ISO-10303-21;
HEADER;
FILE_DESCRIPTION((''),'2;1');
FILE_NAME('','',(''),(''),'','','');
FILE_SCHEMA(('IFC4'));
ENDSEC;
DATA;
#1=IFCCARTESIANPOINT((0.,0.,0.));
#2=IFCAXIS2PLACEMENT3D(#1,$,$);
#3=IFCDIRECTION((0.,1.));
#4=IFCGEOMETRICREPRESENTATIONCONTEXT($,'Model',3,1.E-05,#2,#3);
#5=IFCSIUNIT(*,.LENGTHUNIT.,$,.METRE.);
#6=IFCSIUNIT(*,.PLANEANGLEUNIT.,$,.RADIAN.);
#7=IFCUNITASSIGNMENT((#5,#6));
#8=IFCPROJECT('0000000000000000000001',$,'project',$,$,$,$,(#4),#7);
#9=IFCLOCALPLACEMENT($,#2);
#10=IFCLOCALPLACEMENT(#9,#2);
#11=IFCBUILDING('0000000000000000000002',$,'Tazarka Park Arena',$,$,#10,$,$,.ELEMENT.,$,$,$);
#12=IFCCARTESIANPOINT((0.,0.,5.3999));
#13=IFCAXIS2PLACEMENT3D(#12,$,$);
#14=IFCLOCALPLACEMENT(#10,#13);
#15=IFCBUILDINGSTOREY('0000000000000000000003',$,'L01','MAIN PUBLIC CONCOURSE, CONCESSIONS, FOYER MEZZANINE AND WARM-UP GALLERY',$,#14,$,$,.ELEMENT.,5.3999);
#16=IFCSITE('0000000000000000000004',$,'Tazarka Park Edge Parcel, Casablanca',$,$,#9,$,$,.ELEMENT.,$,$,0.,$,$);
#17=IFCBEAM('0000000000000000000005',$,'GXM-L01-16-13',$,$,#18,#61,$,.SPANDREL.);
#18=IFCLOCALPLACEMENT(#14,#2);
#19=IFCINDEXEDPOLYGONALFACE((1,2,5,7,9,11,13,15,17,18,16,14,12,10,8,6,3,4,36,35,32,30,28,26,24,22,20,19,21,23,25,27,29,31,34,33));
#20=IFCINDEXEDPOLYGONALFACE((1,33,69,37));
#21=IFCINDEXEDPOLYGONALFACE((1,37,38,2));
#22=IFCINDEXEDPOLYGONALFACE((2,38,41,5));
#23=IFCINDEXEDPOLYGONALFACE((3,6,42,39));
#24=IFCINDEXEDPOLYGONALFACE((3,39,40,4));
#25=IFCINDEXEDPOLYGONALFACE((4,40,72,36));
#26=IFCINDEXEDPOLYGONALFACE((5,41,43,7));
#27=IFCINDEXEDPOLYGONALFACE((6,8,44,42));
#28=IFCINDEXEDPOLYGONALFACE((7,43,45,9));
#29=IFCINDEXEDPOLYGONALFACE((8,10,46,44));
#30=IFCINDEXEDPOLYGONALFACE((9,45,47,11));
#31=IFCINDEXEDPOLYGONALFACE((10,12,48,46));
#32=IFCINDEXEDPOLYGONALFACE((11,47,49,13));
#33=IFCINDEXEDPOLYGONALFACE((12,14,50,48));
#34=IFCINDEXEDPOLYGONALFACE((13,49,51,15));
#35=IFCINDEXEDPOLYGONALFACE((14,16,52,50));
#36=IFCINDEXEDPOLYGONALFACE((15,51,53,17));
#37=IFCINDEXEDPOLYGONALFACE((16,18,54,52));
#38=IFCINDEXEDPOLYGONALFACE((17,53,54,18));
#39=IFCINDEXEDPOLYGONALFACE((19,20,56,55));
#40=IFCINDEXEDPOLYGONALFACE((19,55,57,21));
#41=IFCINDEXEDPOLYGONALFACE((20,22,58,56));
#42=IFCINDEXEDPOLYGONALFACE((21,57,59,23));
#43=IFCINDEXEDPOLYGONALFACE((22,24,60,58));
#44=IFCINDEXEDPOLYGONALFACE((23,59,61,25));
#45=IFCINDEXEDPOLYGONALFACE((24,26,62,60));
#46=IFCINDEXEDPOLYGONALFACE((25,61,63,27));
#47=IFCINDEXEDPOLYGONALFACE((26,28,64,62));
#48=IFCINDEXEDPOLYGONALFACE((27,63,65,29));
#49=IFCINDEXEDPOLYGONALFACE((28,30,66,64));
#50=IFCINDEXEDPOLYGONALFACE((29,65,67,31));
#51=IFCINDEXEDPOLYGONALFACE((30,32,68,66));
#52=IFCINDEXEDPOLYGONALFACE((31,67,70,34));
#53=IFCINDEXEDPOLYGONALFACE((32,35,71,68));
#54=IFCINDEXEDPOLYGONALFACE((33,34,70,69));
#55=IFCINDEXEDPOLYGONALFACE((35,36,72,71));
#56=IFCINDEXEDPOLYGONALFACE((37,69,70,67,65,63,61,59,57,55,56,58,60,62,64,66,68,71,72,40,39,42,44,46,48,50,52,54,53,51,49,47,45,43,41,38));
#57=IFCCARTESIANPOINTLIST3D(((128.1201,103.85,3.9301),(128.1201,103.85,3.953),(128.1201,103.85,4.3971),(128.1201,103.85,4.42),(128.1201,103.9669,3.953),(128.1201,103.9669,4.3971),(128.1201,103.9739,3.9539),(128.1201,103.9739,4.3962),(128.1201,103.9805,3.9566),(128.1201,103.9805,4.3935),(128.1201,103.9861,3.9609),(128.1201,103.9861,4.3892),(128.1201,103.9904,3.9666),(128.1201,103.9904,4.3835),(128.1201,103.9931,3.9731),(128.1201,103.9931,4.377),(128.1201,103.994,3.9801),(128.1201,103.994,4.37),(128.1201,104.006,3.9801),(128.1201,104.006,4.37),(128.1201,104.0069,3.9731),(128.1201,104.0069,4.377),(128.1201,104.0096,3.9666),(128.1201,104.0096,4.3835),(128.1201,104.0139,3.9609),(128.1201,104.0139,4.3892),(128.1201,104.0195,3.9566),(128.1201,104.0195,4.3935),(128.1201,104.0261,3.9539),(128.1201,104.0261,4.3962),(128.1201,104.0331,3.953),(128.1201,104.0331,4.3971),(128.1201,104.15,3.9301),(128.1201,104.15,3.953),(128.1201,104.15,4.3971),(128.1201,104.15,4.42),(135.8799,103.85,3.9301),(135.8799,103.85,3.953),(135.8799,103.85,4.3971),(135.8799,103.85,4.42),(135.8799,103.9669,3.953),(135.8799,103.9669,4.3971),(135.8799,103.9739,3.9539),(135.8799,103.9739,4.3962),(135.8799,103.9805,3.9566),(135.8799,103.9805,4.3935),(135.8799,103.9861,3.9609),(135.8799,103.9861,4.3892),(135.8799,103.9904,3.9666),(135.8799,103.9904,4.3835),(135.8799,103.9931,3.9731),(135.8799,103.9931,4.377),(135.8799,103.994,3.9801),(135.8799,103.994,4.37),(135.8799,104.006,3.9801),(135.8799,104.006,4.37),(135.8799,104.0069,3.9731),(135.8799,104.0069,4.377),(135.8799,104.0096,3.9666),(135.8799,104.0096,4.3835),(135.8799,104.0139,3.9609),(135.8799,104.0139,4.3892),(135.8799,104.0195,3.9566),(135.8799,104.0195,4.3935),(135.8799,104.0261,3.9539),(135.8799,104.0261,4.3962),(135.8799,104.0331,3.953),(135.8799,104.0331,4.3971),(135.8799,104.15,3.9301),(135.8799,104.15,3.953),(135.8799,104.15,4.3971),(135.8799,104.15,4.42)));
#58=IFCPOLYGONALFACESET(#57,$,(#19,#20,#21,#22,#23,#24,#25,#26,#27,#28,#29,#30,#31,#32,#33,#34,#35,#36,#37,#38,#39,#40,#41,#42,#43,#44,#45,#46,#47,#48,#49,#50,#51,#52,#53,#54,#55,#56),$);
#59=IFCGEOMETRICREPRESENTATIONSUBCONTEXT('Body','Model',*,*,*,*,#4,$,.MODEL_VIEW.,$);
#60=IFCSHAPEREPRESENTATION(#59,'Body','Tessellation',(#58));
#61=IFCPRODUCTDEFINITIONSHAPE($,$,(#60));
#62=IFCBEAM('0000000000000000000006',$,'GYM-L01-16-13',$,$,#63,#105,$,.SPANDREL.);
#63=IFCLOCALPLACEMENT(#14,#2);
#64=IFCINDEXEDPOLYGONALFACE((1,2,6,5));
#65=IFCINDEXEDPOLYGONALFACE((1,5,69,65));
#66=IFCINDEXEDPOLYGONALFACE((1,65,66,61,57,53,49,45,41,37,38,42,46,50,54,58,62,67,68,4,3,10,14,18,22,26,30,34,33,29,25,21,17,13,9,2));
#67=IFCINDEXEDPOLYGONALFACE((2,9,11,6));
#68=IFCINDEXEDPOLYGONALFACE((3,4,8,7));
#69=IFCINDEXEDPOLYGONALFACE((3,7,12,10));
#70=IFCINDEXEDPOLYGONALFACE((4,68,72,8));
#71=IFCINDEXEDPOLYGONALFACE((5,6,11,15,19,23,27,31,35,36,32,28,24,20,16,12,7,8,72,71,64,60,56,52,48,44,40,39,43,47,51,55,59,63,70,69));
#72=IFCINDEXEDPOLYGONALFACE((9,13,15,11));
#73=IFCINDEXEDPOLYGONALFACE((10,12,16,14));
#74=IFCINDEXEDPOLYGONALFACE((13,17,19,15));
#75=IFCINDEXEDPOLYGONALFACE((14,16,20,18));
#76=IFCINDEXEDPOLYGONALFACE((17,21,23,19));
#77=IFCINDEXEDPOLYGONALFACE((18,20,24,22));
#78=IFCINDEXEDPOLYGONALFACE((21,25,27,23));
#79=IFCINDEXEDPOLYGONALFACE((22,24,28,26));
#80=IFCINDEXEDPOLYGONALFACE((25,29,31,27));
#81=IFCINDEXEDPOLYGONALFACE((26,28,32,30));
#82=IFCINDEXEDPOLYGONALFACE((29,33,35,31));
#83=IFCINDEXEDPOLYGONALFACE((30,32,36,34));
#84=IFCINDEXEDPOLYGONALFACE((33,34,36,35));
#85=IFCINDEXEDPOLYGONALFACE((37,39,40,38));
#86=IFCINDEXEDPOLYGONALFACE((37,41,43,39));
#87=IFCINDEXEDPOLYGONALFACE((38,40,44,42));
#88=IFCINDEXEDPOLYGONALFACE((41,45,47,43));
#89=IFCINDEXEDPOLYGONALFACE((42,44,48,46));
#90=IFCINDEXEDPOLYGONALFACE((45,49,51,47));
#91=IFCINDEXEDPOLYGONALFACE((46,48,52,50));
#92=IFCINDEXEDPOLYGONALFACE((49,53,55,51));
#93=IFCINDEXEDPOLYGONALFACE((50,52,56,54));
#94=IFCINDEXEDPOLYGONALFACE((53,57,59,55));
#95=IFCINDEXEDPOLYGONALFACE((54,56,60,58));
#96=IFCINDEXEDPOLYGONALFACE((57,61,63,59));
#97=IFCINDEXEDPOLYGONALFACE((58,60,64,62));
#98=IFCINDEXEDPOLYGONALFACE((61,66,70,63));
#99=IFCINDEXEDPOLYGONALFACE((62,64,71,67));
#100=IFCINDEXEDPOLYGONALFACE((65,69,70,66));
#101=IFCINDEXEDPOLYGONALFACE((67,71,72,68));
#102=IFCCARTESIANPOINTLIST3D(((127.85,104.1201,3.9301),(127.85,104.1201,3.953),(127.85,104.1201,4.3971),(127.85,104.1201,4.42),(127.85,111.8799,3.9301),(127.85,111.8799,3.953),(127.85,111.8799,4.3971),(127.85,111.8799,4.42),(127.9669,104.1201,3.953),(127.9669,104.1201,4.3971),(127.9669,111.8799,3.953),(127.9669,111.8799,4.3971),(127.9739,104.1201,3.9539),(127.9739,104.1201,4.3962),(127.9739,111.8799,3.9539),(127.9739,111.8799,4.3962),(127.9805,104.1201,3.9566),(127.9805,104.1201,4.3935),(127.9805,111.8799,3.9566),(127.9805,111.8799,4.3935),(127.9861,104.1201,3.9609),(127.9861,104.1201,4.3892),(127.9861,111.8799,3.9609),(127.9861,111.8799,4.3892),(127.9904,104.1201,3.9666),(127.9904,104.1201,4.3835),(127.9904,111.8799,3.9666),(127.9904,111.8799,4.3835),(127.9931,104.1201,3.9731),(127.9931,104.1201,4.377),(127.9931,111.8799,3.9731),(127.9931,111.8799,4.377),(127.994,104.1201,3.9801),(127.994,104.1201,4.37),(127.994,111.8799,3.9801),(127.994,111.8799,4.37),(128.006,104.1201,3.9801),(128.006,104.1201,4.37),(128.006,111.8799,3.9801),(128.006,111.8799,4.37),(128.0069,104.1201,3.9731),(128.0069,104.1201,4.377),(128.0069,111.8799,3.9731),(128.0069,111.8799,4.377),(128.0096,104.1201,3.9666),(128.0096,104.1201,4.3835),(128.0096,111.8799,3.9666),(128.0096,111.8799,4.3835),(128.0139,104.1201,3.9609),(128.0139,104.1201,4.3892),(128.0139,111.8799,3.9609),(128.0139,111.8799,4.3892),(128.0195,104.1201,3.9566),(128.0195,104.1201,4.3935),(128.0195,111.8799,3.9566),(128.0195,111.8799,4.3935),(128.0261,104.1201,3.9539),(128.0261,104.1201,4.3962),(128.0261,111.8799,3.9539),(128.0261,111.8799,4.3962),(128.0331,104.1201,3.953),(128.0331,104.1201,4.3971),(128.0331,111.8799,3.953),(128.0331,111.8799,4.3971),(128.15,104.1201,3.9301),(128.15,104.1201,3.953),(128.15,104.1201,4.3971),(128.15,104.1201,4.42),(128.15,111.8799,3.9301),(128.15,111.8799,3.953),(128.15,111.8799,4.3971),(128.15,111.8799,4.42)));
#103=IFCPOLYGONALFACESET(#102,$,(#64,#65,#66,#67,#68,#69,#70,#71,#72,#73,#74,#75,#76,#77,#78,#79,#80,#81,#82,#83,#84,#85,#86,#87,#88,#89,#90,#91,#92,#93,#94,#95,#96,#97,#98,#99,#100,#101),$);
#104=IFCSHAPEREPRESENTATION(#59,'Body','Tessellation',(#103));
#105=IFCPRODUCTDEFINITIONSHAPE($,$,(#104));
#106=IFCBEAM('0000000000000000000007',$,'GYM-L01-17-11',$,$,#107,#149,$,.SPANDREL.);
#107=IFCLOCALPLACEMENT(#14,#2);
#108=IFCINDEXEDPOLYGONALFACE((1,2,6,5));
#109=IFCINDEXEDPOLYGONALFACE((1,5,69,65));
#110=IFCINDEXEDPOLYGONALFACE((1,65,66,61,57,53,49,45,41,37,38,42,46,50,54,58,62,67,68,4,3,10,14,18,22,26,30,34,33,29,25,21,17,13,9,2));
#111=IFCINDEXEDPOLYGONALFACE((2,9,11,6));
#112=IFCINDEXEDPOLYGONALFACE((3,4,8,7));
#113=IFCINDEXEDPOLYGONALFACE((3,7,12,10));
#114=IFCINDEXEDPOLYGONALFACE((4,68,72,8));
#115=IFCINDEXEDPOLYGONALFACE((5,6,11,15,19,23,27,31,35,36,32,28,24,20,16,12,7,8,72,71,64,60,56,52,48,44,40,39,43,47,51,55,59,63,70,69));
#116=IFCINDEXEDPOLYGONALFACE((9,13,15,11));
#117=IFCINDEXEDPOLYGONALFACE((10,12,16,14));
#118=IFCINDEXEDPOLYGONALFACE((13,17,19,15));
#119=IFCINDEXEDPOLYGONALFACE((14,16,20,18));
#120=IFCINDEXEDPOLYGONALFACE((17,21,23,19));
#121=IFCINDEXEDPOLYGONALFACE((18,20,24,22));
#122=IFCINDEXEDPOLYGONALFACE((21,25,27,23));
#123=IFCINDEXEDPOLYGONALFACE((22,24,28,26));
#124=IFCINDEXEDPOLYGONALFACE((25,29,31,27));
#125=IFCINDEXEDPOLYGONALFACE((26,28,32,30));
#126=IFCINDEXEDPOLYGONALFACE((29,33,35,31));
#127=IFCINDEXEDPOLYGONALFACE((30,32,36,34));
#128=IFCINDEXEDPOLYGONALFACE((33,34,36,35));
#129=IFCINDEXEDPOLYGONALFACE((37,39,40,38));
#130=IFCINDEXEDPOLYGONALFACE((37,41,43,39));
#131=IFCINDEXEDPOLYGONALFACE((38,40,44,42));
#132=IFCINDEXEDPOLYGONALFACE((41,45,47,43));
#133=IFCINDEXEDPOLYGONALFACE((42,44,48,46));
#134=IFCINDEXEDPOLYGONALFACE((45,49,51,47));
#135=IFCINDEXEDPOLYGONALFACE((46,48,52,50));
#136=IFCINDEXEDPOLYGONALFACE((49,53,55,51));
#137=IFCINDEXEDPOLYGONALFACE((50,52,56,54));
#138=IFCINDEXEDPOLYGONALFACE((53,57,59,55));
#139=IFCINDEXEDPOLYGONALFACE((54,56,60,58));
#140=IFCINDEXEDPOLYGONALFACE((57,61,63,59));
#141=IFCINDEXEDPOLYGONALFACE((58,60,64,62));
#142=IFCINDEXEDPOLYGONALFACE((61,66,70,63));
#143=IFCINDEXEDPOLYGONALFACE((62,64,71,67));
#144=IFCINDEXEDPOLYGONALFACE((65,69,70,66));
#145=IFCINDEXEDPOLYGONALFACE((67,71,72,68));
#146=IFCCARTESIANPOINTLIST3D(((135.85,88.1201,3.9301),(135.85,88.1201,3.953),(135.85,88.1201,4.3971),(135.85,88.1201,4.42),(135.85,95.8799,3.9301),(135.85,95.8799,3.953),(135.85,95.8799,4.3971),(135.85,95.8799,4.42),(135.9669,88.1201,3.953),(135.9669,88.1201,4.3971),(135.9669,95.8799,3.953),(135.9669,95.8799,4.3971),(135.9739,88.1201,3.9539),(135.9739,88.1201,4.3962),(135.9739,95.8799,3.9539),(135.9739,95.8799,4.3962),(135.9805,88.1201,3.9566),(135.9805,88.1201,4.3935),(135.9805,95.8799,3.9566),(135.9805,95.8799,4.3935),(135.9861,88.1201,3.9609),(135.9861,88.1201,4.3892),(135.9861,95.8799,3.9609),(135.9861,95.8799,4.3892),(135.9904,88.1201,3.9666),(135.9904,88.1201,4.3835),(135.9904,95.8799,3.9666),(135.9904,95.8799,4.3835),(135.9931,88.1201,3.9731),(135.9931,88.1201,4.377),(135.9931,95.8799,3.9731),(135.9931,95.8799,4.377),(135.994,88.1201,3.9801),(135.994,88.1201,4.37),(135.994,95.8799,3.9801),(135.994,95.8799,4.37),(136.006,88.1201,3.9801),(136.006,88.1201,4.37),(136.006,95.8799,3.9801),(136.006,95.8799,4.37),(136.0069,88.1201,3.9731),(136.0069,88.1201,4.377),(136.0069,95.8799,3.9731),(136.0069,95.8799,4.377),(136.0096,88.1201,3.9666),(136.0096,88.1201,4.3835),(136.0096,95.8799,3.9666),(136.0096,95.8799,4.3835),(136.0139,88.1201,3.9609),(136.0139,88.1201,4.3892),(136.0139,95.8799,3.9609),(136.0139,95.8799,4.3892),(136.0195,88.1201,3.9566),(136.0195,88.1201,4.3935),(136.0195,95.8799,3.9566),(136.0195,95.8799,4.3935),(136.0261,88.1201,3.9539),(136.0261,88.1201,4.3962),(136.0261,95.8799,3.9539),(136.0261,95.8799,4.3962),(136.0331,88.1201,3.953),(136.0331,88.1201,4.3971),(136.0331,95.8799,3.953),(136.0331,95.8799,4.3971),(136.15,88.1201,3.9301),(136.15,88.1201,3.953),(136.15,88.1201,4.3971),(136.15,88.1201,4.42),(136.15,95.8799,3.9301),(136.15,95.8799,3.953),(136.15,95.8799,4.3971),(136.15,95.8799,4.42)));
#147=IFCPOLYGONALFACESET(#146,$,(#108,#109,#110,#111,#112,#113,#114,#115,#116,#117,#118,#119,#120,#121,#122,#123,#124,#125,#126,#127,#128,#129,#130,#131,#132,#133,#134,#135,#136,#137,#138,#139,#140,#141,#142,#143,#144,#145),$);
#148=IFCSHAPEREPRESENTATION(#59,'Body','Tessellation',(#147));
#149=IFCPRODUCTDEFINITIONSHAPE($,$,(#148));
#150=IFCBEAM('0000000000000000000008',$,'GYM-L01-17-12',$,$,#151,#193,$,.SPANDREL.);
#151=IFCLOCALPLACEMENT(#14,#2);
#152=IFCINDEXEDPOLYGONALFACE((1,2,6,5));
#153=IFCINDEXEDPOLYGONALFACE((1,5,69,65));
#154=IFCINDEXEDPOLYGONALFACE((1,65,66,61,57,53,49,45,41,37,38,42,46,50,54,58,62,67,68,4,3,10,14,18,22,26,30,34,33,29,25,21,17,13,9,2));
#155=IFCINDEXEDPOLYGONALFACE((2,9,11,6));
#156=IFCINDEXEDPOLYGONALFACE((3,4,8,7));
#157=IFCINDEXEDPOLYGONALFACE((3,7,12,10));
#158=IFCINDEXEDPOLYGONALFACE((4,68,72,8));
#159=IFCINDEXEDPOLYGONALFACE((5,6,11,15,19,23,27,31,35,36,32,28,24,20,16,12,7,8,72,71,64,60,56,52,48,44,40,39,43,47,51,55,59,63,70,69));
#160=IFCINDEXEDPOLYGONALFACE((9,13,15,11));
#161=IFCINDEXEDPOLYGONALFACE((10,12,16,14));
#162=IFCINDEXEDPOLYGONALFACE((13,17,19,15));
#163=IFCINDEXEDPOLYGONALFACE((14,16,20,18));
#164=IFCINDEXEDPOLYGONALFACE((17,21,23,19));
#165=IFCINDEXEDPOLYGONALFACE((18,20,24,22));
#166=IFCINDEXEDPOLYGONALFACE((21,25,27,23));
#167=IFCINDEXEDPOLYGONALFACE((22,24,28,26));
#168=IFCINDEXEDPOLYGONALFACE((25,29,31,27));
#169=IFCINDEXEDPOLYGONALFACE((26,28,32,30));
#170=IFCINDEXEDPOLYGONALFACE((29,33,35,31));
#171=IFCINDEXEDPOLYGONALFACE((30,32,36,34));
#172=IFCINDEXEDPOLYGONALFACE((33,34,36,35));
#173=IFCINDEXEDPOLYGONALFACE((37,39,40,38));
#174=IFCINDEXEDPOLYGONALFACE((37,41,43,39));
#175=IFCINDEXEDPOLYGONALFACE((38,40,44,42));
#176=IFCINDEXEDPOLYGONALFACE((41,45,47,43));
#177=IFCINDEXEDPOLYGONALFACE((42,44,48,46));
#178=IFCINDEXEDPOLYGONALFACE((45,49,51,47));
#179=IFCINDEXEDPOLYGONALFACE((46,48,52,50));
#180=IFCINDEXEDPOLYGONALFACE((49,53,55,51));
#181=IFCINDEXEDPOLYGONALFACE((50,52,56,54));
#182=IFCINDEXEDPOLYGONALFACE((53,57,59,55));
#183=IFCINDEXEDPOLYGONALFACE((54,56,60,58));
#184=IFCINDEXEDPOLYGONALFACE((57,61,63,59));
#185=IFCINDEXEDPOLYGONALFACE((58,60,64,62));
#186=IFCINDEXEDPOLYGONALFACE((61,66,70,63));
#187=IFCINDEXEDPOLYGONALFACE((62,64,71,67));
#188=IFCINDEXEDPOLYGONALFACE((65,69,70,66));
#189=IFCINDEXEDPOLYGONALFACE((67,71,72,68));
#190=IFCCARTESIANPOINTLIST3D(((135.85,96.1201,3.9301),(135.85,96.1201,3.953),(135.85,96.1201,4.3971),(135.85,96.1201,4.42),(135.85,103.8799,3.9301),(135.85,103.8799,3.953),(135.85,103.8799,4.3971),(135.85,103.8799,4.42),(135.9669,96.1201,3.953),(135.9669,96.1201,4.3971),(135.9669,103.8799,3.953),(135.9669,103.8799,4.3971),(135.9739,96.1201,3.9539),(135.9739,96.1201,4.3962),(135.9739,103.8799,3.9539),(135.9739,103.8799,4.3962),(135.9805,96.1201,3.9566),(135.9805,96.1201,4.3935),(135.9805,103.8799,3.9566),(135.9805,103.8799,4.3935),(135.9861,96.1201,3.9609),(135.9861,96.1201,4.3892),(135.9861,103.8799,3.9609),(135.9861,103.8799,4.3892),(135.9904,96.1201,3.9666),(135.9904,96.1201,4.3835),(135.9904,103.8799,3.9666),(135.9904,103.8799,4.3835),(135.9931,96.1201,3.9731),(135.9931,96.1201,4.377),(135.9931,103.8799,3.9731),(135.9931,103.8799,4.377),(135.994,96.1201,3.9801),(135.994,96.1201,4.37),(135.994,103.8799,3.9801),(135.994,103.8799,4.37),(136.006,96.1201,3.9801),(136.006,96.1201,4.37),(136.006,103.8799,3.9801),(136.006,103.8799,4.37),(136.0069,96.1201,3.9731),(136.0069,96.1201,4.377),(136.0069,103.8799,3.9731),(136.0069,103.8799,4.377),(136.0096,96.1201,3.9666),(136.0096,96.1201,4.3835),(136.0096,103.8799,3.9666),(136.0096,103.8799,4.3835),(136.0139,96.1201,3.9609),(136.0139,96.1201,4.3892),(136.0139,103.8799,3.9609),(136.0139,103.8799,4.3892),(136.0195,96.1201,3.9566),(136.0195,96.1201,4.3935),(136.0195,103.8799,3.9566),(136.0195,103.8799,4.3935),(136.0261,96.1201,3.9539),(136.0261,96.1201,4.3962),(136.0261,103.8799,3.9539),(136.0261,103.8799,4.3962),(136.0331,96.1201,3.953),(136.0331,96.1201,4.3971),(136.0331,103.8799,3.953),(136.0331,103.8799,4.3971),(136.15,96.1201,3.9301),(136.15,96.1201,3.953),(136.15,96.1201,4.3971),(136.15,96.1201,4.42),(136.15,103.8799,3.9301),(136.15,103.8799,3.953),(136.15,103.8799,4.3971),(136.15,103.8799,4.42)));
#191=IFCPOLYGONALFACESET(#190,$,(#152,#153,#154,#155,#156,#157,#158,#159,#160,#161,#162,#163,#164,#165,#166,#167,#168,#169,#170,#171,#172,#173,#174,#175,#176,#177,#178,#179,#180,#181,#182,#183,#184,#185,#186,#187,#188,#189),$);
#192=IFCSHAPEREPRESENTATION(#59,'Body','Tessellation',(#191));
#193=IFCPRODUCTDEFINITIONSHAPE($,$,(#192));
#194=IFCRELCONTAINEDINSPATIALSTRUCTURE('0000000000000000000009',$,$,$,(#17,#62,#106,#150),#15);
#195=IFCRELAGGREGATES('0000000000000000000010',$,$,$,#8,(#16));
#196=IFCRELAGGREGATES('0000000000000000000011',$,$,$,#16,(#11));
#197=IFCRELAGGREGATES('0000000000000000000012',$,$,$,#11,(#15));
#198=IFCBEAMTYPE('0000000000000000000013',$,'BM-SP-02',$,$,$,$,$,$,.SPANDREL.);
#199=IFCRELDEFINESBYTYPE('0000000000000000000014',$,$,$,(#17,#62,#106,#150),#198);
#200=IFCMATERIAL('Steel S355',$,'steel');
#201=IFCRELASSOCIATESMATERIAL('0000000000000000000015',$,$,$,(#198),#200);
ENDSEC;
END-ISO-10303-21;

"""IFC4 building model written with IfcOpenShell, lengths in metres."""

from ifc_helpers import new_model, si_unit, direction, frame, origin, origin_2d, place, context, subcontext, project, spatial, i_section, extrude, material, material_profile, profile_set, type_object, element, save


model = new_model("IFC4")

# Units and contexts
model_context = context("Model", 3, precision=1e-05, world=origin(), true_north=direction((0.0, 1.0)))
body_context = subcontext(model_context, "Body", "Model", "MODEL_VIEW")
ifc_project = project(units=[si_unit("LENGTHUNIT", "METRE"), si_unit("PLANEANGLEUNIT", "RADIAN")], contexts=[model_context])

# Site, building, storey
site_placement = place(None, origin())
site = spatial("IfcSite", under=ifc_project, at=site_placement, Name="Tazarka Park Edge Parcel, Casablanca", CompositionType="ELEMENT", RefElevation=0.0)
building_placement = place(site_placement, origin())
building = spatial("IfcBuilding", under=site, at=building_placement, Name="Tazarka Park Arena", CompositionType="ELEMENT")
storey_placement = place(building_placement, frame((0.0, 0.0, 5.3999)))
storey = spatial("IfcBuildingStorey", under=building, at=storey_placement, Name="L01", Description="MAIN PUBLIC CONCOURSE, CONCESSIONS, FOYER MEZZANINE AND WARM-UP GALLERY", CompositionType="ELEMENT", Elevation=5.3999)

# Beams
ifc_material_1 = material(Name="Steel S355", Category="steel")
ifc_material_profile_1 = material_profile(ifc_material_1, i_section(OverallWidth=0.3, OverallDepth=0.49, WebThickness=0.012, FlangeThickness=0.0229, FilletRadius=0.0271, at=origin_2d()), Name="Steel S355")
ifc_profile_set_1 = profile_set([ifc_material_profile_1], Name="Steel S355")
beam_type_1 = type_object("IfcBeamType", Name="BM-SP-02", PredefinedType="SPANDREL", material=ifc_profile_set_1)
for number, where, z_axis, x_axis, name in (
    (1, (128.1201, 104.0, 4.175), (1.0, 0.0, 0.0), (0.0, 1.0, 0.0), "GXM-L01-16-13"),
    (2, (128.0, 104.1201, 4.175), (0.0, 1.0, 0.0), (-1.0, 0.0, 0.0), "GYM-L01-16-13"),
    (3, (136.0, 88.1201, 4.175), (0.0, 1.0, 0.0), (-1.0, 0.0, 0.0), "GYM-L01-17-11"),
    (4, (136.0, 96.1201, 4.175), (0.0, 1.0, 0.0), (-1.0, 0.0, 0.0), "GYM-L01-17-12"),
):
    element("IfcBeam", number, at=place(storey_placement, frame(where, z_axis=z_axis, x_axis=x_axis)), inside=storey, type_object=beam_type_1, Name=name, PredefinedType="SPANDREL", context=body_context, shape_type="SweptSolid", body=[
        extrude(i_section(OverallWidth=0.3, OverallDepth=0.49, WebThickness=0.012, FlangeThickness=0.0229, FilletRadius=0.0271, at=origin_2d()), origin(), (0.0, 0.0, 1.0), 7.7598),
    ])

save(model, "model.ifc")
